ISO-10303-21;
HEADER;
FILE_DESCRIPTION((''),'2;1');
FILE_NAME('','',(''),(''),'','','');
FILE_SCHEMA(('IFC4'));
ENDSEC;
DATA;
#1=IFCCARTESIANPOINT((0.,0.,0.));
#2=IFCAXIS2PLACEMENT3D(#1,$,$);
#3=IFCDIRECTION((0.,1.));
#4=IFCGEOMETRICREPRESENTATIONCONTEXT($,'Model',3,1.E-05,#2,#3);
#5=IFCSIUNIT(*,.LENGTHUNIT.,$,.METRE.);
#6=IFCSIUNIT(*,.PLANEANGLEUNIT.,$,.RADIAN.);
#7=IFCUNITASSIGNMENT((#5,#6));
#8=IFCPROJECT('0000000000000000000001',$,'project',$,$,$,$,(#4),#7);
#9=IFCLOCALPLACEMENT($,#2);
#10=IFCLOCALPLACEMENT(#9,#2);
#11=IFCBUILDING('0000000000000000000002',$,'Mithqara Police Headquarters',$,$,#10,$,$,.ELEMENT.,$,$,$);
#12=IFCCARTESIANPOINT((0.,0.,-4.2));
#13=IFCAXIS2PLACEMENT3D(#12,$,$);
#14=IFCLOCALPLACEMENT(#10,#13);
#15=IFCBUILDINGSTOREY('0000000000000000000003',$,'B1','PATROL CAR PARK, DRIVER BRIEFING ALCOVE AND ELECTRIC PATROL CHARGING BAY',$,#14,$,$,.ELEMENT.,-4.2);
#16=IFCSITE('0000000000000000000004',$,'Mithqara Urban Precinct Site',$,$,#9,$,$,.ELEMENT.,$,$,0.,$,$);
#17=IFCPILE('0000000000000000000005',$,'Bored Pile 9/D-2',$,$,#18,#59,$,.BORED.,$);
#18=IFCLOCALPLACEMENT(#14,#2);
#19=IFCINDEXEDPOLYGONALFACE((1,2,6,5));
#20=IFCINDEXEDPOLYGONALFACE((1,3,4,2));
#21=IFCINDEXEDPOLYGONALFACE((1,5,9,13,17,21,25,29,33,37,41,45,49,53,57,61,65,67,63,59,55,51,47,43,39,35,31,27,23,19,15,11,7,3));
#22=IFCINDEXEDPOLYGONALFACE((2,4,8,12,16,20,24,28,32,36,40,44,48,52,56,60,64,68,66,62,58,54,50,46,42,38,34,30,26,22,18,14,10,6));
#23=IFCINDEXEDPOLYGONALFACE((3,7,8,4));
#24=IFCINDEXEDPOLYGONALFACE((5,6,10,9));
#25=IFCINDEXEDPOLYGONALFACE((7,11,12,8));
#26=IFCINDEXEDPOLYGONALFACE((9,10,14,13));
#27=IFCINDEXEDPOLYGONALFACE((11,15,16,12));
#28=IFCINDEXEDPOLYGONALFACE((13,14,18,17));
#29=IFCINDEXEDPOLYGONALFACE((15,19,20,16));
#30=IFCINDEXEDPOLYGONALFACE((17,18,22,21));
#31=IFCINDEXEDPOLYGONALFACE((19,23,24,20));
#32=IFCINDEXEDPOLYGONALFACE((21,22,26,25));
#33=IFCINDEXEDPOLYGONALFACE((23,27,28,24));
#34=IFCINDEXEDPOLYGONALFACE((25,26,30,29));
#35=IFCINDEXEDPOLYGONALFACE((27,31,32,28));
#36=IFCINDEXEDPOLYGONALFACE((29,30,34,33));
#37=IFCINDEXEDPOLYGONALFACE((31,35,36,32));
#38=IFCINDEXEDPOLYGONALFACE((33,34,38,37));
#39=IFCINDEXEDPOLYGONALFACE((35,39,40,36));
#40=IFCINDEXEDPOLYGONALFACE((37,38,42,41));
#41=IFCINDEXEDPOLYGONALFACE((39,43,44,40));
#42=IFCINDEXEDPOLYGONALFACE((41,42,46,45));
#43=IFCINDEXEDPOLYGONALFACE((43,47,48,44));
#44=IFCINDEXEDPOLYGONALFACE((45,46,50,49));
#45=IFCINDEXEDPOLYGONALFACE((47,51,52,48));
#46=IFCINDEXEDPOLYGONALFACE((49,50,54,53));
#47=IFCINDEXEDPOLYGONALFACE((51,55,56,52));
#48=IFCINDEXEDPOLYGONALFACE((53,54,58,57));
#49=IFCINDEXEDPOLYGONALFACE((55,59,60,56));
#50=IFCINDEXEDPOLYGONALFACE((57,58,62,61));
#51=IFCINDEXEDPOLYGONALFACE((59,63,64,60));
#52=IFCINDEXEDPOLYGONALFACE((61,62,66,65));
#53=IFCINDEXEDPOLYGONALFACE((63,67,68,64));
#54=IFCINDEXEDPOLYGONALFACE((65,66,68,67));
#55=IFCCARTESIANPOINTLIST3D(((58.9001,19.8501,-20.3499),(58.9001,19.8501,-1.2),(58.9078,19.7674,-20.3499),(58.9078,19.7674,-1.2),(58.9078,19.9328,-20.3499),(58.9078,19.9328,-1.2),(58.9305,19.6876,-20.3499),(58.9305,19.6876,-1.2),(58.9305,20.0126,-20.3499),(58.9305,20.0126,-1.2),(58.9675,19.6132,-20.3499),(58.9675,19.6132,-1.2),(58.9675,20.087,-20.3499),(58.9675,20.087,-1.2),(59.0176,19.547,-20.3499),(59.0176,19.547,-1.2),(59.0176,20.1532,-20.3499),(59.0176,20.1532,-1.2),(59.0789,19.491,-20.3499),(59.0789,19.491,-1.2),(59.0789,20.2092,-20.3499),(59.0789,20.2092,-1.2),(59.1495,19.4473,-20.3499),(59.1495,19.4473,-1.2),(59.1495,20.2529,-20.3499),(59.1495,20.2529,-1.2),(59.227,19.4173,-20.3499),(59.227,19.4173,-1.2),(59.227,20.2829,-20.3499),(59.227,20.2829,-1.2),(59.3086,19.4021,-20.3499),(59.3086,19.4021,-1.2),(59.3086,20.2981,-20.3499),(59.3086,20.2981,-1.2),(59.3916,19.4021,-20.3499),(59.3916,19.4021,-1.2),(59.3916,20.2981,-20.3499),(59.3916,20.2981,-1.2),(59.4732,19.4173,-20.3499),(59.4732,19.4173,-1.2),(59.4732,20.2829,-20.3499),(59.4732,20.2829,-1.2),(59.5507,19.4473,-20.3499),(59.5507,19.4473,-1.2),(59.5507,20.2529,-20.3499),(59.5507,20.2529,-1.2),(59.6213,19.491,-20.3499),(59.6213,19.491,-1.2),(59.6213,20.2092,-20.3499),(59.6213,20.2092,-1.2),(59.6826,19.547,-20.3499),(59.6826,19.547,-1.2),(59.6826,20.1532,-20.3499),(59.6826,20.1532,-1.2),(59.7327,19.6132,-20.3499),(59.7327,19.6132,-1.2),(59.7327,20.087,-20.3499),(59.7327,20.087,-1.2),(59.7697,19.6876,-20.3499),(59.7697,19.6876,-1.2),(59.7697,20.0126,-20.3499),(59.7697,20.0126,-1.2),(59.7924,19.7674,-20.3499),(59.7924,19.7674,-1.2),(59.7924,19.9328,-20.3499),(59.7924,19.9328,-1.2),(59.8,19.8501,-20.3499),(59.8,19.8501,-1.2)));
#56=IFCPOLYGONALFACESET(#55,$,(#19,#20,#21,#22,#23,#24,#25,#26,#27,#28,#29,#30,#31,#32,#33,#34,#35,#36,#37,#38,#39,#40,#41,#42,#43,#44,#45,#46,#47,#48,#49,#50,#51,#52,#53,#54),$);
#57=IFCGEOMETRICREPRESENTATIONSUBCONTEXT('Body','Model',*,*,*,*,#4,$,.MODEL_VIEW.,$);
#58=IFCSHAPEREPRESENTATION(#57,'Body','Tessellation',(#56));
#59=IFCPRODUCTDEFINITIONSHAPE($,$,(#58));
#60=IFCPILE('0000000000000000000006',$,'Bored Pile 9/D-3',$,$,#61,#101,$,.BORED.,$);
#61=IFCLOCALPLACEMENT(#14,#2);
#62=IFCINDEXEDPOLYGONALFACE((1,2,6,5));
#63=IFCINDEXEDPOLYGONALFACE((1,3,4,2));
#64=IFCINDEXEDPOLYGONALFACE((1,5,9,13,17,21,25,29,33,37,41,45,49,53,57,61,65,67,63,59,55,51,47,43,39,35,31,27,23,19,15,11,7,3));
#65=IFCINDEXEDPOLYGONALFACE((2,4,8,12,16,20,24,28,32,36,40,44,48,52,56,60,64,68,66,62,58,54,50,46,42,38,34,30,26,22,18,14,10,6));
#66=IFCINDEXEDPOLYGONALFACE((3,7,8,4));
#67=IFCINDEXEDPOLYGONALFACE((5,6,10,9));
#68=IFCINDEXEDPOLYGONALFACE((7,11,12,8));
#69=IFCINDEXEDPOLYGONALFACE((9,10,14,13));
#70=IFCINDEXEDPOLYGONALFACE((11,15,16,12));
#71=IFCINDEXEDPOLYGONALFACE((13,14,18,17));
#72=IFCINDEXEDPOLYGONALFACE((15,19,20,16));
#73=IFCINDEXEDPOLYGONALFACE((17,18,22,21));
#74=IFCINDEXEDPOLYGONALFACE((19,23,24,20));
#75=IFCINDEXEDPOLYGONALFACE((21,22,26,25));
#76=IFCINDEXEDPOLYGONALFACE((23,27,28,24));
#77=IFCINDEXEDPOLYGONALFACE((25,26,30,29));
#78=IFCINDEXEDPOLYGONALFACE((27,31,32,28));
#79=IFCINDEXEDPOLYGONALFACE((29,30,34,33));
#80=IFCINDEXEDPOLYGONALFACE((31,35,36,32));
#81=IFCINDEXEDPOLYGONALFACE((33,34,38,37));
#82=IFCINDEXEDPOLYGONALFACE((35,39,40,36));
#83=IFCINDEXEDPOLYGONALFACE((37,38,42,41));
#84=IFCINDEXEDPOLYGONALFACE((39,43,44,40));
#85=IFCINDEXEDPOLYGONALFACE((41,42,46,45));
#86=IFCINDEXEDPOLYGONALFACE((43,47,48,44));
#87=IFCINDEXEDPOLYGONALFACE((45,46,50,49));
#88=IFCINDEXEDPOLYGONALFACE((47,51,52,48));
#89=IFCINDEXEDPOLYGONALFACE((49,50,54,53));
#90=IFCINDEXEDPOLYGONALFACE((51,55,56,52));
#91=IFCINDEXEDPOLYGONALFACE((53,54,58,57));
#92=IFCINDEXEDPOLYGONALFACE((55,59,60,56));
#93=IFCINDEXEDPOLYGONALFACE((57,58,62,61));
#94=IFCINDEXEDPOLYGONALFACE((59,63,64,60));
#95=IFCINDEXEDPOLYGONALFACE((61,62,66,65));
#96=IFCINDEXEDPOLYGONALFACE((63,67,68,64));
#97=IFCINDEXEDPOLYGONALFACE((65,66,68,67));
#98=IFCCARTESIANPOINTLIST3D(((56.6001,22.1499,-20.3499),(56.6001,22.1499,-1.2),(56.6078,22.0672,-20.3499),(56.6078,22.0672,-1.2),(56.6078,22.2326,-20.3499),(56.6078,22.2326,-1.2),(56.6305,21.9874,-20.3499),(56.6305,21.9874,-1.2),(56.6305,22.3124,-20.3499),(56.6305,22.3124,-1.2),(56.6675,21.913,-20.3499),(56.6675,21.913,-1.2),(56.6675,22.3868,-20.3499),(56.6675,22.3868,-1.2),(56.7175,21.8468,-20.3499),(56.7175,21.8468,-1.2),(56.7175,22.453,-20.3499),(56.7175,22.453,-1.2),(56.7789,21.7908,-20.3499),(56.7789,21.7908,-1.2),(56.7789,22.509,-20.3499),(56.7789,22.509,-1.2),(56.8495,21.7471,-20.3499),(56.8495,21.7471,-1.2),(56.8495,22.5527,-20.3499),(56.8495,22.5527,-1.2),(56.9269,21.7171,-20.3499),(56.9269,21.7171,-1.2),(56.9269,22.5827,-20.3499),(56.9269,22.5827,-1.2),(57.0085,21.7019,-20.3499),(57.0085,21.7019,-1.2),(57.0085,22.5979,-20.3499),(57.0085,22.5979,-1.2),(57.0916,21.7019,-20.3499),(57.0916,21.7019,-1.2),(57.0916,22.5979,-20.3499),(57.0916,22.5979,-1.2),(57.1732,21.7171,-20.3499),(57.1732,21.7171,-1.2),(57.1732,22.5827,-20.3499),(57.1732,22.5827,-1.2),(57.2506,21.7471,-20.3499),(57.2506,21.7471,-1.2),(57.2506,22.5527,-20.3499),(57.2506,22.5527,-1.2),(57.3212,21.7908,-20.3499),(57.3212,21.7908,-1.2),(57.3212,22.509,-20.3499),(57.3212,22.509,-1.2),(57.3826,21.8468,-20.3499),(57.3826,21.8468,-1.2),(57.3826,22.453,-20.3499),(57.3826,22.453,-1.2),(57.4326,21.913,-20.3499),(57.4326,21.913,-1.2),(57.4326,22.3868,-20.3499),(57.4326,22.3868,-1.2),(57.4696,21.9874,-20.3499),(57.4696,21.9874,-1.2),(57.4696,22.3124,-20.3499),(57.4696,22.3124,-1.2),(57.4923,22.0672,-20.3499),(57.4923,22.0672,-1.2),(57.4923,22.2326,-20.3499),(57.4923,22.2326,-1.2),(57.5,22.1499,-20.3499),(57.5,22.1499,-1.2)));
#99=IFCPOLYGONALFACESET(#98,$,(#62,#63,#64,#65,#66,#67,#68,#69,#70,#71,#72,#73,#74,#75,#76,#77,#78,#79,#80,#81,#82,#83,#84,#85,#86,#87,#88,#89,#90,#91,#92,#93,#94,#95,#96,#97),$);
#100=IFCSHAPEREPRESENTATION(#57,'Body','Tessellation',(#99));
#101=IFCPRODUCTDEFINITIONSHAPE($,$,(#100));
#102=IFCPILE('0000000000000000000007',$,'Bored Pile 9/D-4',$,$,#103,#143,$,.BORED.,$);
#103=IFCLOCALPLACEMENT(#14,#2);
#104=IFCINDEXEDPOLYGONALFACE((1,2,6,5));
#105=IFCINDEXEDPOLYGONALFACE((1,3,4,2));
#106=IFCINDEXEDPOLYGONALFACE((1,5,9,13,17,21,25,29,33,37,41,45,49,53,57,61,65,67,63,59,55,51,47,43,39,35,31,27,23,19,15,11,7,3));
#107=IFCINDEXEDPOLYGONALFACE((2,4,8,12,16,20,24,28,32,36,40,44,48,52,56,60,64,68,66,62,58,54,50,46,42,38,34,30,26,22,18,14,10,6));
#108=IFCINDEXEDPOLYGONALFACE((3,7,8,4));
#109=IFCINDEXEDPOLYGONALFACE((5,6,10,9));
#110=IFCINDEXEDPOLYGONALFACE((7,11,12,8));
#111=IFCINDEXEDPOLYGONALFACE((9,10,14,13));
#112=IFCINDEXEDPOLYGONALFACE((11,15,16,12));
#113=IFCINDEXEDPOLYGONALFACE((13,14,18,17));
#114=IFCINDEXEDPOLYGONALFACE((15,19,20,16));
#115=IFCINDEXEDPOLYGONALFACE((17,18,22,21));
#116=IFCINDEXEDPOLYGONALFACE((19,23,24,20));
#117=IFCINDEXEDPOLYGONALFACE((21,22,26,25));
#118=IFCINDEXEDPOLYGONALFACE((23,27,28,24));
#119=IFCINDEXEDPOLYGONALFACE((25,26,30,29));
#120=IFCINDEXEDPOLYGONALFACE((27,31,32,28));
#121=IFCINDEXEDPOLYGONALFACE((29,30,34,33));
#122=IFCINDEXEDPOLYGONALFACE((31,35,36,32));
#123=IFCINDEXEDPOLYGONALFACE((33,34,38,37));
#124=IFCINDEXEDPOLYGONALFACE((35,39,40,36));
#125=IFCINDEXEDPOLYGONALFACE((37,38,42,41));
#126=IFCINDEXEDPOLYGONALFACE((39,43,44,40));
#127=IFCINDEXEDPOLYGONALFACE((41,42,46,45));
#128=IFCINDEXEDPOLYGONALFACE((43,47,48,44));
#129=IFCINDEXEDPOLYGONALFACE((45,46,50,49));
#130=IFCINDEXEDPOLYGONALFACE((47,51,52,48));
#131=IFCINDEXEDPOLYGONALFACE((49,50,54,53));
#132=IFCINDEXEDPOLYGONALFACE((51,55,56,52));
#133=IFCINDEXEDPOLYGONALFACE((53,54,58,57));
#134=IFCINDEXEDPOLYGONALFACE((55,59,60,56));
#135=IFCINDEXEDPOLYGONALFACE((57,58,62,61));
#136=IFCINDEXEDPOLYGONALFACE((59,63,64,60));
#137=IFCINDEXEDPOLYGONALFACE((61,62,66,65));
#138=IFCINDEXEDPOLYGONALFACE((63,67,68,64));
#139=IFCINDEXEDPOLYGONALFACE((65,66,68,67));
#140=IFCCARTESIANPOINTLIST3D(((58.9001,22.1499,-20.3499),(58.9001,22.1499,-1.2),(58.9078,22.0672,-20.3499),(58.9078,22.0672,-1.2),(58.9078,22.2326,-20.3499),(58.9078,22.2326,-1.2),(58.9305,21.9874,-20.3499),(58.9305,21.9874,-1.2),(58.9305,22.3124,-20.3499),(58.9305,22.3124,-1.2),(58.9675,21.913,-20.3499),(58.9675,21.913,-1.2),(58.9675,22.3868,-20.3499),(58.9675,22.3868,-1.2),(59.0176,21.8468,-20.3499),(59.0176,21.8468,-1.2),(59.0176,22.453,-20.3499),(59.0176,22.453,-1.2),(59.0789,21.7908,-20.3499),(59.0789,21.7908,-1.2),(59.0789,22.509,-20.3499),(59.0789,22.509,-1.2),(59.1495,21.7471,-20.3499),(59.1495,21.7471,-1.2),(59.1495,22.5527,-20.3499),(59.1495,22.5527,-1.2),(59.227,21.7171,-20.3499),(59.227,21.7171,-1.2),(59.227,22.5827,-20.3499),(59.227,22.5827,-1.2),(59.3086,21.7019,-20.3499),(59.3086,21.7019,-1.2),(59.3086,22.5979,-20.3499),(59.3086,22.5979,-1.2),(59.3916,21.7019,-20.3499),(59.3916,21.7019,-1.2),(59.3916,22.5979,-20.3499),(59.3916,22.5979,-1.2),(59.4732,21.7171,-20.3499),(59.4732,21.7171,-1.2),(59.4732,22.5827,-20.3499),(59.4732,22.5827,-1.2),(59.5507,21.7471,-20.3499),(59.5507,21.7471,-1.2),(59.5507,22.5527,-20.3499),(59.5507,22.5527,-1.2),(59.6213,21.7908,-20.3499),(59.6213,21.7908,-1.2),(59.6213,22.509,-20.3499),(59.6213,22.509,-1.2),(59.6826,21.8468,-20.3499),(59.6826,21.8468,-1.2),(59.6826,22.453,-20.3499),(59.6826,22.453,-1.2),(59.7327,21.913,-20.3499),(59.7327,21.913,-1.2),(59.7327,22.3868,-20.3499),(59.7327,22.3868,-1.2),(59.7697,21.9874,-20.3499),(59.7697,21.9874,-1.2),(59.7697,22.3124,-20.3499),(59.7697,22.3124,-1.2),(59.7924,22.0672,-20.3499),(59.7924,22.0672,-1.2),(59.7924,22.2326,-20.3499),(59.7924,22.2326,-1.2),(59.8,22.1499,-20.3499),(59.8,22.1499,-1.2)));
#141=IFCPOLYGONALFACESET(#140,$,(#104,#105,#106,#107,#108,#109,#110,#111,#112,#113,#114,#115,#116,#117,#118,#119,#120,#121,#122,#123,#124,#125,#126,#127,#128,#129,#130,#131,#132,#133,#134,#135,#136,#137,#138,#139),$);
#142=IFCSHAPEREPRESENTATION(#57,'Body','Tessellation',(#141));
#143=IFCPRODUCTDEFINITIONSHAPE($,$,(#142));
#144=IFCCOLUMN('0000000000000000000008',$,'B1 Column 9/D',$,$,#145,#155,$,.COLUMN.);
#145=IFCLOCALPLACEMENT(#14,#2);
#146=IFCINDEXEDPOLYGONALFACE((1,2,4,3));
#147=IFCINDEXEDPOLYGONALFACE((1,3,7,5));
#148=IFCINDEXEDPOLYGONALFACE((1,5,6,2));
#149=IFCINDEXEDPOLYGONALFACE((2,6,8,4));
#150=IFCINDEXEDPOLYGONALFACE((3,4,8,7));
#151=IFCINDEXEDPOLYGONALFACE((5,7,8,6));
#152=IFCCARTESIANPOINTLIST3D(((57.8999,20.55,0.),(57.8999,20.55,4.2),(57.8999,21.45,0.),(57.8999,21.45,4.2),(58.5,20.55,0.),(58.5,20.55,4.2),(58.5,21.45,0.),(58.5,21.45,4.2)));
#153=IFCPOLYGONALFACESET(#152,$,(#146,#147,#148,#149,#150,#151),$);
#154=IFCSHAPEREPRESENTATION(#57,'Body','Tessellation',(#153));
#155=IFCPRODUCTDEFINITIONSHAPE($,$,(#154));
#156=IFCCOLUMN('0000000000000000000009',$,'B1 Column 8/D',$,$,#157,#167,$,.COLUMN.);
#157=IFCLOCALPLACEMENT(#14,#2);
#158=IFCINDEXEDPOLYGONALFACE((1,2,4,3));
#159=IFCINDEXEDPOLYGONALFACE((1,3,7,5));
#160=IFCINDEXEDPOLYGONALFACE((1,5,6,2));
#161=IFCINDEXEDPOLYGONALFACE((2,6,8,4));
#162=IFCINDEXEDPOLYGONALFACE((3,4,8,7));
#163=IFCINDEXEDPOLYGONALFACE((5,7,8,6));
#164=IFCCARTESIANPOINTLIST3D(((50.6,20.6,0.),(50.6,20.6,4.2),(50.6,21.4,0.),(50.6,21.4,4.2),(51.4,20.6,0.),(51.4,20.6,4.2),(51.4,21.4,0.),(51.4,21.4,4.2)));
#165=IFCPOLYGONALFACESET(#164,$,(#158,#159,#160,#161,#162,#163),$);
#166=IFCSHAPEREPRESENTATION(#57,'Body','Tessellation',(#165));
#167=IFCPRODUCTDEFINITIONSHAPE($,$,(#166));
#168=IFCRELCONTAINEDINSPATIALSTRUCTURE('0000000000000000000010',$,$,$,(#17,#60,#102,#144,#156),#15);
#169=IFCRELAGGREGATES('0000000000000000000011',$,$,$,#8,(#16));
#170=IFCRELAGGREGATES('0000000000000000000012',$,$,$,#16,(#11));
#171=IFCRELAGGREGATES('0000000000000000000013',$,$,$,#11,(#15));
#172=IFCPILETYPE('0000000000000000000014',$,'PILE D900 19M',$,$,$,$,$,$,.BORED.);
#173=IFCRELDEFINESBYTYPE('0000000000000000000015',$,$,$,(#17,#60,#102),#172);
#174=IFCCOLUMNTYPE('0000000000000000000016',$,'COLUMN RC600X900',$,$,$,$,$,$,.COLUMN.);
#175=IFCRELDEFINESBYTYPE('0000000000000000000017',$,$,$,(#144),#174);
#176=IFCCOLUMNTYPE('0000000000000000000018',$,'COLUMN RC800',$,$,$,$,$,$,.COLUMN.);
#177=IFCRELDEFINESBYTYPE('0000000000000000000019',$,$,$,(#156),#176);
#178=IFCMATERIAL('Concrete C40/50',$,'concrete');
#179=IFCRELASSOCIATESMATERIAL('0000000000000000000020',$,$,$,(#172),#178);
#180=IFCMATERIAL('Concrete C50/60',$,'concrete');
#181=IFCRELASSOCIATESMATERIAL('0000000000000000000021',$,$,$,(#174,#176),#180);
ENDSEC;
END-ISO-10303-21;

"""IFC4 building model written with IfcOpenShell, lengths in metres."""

from ifc_helpers import new_model, si_unit, direction, frame, origin, origin_2d, place, context, subcontext, project, spatial, rectangle, circle, extrude, material, material_profile, profile_set, type_object, element, save


model = new_model("IFC4")

# Units and contexts
model_context = context("Model", 3, precision=1e-05, world=origin(), true_north=direction((0.0, 1.0)))
body_context = subcontext(model_context, "Body", "Model", "MODEL_VIEW")
ifc_project = project(units=[si_unit("LENGTHUNIT", "METRE"), si_unit("PLANEANGLEUNIT", "RADIAN")], contexts=[model_context])

# Site, building, storey
site_placement = place(None, origin())
site = spatial("IfcSite", under=ifc_project, at=site_placement, Name="Mithqara Urban Precinct Site", CompositionType="ELEMENT", RefElevation=0.0)
building_placement = place(site_placement, origin())
building = spatial("IfcBuilding", under=site, at=building_placement, Name="Mithqara Police Headquarters", CompositionType="ELEMENT")
storey_placement = place(building_placement, frame((0.0, 0.0, -4.2)))
storey = spatial("IfcBuildingStorey", under=building, at=storey_placement, Name="B1", Description="PATROL CAR PARK, DRIVER BRIEFING ALCOVE AND ELECTRIC PATROL CHARGING BAY", CompositionType="ELEMENT", Elevation=-4.2)

# Shared definitions
ifc_material_1 = material(Name="Concrete C40/50", Category="concrete")

# Piles
ifc_material_profile_1 = material_profile(ifc_material_1, circle(Radius=0.45, at=origin_2d()), Name="PILE D900")
ifc_profile_set_1 = profile_set([ifc_material_profile_1], Name="Concrete C40/50")
pile_type = type_object("IfcPileType", Name="PILE D900 19M", PredefinedType="BORED", material=ifc_profile_set_1)
for number, where, z_axis, x_axis, name in (
    (1, (59.3501, 19.8501, -1.2), (0.0, 0.0, -1.0), (1.0, 0.0, 0.0), "Bored Pile 9/D-2"),
    (2, (57.05, 22.1499, -1.2), (0.0, 0.0, -1.0), (1.0, 0.0, 0.0), "Bored Pile 9/D-3"),
    (3, (59.3501, 22.1499, -1.2), (0.0, 0.0, -1.0), (1.0, 0.0, 0.0), "Bored Pile 9/D-4"),
):
    element("IfcPile", number, at=place(storey_placement, frame(where, z_axis=z_axis, x_axis=x_axis)), inside=storey, type_object=pile_type, Name=name, PredefinedType="BORED", context=body_context, shape_type="SweptSolid", body=[
        extrude(circle(Radius=0.45, at=origin_2d()), origin(), (0.0, 0.0, 1.0), 19.1499),
    ])

# Columns
ifc_material_2 = material(Name="Concrete C50/60", Category="concrete")
ifc_material_profile_2 = material_profile(ifc_material_2, rectangle(XDim=0.6001, YDim=0.8999, at=origin_2d()), Name="RC 600x900")
ifc_profile_set_2 = profile_set([ifc_material_profile_2], Name="Concrete C50/60")
column_type_1 = type_object("IfcColumnType", Name="COLUMN RC600X900", PredefinedType="COLUMN", material=ifc_profile_set_2)
column_1_placement = place(storey_placement, frame((58.2, 21.0, 0.0), z_axis=(0.0, 0.0, 1.0), x_axis=(1.0, 0.0, 0.0)))
element("IfcColumn", 4, at=column_1_placement, inside=storey, type_object=column_type_1, Name="B1 Column 9/D", PredefinedType="COLUMN", context=body_context, shape_type="SweptSolid", body=[
    extrude(rectangle(XDim=0.6001, YDim=0.8999, at=origin_2d()), origin(), (0.0, 0.0, 1.0), 4.2),
])
ifc_material_profile_3 = material_profile(ifc_material_2, rectangle(XDim=0.8, YDim=0.8, at=origin_2d()), Name="RC 800x800")
ifc_profile_set_3 = profile_set([ifc_material_profile_3], Name="Concrete C50/60")
column_type_2 = type_object("IfcColumnType", Name="COLUMN RC800", PredefinedType="COLUMN", material=ifc_profile_set_3)
column_2_placement = place(storey_placement, frame((51.0, 21.0, 0.0), z_axis=(0.0, 0.0, 1.0), x_axis=(1.0, 0.0, 0.0)))
element("IfcColumn", 5, at=column_2_placement, inside=storey, type_object=column_type_2, Name="B1 Column 8/D", PredefinedType="COLUMN", context=body_context, shape_type="SweptSolid", body=[
    extrude(rectangle(XDim=0.8, YDim=0.8, at=origin_2d()), origin(), (0.0, 0.0, 1.0), 4.2),
])

save(model, "model.ifc")
